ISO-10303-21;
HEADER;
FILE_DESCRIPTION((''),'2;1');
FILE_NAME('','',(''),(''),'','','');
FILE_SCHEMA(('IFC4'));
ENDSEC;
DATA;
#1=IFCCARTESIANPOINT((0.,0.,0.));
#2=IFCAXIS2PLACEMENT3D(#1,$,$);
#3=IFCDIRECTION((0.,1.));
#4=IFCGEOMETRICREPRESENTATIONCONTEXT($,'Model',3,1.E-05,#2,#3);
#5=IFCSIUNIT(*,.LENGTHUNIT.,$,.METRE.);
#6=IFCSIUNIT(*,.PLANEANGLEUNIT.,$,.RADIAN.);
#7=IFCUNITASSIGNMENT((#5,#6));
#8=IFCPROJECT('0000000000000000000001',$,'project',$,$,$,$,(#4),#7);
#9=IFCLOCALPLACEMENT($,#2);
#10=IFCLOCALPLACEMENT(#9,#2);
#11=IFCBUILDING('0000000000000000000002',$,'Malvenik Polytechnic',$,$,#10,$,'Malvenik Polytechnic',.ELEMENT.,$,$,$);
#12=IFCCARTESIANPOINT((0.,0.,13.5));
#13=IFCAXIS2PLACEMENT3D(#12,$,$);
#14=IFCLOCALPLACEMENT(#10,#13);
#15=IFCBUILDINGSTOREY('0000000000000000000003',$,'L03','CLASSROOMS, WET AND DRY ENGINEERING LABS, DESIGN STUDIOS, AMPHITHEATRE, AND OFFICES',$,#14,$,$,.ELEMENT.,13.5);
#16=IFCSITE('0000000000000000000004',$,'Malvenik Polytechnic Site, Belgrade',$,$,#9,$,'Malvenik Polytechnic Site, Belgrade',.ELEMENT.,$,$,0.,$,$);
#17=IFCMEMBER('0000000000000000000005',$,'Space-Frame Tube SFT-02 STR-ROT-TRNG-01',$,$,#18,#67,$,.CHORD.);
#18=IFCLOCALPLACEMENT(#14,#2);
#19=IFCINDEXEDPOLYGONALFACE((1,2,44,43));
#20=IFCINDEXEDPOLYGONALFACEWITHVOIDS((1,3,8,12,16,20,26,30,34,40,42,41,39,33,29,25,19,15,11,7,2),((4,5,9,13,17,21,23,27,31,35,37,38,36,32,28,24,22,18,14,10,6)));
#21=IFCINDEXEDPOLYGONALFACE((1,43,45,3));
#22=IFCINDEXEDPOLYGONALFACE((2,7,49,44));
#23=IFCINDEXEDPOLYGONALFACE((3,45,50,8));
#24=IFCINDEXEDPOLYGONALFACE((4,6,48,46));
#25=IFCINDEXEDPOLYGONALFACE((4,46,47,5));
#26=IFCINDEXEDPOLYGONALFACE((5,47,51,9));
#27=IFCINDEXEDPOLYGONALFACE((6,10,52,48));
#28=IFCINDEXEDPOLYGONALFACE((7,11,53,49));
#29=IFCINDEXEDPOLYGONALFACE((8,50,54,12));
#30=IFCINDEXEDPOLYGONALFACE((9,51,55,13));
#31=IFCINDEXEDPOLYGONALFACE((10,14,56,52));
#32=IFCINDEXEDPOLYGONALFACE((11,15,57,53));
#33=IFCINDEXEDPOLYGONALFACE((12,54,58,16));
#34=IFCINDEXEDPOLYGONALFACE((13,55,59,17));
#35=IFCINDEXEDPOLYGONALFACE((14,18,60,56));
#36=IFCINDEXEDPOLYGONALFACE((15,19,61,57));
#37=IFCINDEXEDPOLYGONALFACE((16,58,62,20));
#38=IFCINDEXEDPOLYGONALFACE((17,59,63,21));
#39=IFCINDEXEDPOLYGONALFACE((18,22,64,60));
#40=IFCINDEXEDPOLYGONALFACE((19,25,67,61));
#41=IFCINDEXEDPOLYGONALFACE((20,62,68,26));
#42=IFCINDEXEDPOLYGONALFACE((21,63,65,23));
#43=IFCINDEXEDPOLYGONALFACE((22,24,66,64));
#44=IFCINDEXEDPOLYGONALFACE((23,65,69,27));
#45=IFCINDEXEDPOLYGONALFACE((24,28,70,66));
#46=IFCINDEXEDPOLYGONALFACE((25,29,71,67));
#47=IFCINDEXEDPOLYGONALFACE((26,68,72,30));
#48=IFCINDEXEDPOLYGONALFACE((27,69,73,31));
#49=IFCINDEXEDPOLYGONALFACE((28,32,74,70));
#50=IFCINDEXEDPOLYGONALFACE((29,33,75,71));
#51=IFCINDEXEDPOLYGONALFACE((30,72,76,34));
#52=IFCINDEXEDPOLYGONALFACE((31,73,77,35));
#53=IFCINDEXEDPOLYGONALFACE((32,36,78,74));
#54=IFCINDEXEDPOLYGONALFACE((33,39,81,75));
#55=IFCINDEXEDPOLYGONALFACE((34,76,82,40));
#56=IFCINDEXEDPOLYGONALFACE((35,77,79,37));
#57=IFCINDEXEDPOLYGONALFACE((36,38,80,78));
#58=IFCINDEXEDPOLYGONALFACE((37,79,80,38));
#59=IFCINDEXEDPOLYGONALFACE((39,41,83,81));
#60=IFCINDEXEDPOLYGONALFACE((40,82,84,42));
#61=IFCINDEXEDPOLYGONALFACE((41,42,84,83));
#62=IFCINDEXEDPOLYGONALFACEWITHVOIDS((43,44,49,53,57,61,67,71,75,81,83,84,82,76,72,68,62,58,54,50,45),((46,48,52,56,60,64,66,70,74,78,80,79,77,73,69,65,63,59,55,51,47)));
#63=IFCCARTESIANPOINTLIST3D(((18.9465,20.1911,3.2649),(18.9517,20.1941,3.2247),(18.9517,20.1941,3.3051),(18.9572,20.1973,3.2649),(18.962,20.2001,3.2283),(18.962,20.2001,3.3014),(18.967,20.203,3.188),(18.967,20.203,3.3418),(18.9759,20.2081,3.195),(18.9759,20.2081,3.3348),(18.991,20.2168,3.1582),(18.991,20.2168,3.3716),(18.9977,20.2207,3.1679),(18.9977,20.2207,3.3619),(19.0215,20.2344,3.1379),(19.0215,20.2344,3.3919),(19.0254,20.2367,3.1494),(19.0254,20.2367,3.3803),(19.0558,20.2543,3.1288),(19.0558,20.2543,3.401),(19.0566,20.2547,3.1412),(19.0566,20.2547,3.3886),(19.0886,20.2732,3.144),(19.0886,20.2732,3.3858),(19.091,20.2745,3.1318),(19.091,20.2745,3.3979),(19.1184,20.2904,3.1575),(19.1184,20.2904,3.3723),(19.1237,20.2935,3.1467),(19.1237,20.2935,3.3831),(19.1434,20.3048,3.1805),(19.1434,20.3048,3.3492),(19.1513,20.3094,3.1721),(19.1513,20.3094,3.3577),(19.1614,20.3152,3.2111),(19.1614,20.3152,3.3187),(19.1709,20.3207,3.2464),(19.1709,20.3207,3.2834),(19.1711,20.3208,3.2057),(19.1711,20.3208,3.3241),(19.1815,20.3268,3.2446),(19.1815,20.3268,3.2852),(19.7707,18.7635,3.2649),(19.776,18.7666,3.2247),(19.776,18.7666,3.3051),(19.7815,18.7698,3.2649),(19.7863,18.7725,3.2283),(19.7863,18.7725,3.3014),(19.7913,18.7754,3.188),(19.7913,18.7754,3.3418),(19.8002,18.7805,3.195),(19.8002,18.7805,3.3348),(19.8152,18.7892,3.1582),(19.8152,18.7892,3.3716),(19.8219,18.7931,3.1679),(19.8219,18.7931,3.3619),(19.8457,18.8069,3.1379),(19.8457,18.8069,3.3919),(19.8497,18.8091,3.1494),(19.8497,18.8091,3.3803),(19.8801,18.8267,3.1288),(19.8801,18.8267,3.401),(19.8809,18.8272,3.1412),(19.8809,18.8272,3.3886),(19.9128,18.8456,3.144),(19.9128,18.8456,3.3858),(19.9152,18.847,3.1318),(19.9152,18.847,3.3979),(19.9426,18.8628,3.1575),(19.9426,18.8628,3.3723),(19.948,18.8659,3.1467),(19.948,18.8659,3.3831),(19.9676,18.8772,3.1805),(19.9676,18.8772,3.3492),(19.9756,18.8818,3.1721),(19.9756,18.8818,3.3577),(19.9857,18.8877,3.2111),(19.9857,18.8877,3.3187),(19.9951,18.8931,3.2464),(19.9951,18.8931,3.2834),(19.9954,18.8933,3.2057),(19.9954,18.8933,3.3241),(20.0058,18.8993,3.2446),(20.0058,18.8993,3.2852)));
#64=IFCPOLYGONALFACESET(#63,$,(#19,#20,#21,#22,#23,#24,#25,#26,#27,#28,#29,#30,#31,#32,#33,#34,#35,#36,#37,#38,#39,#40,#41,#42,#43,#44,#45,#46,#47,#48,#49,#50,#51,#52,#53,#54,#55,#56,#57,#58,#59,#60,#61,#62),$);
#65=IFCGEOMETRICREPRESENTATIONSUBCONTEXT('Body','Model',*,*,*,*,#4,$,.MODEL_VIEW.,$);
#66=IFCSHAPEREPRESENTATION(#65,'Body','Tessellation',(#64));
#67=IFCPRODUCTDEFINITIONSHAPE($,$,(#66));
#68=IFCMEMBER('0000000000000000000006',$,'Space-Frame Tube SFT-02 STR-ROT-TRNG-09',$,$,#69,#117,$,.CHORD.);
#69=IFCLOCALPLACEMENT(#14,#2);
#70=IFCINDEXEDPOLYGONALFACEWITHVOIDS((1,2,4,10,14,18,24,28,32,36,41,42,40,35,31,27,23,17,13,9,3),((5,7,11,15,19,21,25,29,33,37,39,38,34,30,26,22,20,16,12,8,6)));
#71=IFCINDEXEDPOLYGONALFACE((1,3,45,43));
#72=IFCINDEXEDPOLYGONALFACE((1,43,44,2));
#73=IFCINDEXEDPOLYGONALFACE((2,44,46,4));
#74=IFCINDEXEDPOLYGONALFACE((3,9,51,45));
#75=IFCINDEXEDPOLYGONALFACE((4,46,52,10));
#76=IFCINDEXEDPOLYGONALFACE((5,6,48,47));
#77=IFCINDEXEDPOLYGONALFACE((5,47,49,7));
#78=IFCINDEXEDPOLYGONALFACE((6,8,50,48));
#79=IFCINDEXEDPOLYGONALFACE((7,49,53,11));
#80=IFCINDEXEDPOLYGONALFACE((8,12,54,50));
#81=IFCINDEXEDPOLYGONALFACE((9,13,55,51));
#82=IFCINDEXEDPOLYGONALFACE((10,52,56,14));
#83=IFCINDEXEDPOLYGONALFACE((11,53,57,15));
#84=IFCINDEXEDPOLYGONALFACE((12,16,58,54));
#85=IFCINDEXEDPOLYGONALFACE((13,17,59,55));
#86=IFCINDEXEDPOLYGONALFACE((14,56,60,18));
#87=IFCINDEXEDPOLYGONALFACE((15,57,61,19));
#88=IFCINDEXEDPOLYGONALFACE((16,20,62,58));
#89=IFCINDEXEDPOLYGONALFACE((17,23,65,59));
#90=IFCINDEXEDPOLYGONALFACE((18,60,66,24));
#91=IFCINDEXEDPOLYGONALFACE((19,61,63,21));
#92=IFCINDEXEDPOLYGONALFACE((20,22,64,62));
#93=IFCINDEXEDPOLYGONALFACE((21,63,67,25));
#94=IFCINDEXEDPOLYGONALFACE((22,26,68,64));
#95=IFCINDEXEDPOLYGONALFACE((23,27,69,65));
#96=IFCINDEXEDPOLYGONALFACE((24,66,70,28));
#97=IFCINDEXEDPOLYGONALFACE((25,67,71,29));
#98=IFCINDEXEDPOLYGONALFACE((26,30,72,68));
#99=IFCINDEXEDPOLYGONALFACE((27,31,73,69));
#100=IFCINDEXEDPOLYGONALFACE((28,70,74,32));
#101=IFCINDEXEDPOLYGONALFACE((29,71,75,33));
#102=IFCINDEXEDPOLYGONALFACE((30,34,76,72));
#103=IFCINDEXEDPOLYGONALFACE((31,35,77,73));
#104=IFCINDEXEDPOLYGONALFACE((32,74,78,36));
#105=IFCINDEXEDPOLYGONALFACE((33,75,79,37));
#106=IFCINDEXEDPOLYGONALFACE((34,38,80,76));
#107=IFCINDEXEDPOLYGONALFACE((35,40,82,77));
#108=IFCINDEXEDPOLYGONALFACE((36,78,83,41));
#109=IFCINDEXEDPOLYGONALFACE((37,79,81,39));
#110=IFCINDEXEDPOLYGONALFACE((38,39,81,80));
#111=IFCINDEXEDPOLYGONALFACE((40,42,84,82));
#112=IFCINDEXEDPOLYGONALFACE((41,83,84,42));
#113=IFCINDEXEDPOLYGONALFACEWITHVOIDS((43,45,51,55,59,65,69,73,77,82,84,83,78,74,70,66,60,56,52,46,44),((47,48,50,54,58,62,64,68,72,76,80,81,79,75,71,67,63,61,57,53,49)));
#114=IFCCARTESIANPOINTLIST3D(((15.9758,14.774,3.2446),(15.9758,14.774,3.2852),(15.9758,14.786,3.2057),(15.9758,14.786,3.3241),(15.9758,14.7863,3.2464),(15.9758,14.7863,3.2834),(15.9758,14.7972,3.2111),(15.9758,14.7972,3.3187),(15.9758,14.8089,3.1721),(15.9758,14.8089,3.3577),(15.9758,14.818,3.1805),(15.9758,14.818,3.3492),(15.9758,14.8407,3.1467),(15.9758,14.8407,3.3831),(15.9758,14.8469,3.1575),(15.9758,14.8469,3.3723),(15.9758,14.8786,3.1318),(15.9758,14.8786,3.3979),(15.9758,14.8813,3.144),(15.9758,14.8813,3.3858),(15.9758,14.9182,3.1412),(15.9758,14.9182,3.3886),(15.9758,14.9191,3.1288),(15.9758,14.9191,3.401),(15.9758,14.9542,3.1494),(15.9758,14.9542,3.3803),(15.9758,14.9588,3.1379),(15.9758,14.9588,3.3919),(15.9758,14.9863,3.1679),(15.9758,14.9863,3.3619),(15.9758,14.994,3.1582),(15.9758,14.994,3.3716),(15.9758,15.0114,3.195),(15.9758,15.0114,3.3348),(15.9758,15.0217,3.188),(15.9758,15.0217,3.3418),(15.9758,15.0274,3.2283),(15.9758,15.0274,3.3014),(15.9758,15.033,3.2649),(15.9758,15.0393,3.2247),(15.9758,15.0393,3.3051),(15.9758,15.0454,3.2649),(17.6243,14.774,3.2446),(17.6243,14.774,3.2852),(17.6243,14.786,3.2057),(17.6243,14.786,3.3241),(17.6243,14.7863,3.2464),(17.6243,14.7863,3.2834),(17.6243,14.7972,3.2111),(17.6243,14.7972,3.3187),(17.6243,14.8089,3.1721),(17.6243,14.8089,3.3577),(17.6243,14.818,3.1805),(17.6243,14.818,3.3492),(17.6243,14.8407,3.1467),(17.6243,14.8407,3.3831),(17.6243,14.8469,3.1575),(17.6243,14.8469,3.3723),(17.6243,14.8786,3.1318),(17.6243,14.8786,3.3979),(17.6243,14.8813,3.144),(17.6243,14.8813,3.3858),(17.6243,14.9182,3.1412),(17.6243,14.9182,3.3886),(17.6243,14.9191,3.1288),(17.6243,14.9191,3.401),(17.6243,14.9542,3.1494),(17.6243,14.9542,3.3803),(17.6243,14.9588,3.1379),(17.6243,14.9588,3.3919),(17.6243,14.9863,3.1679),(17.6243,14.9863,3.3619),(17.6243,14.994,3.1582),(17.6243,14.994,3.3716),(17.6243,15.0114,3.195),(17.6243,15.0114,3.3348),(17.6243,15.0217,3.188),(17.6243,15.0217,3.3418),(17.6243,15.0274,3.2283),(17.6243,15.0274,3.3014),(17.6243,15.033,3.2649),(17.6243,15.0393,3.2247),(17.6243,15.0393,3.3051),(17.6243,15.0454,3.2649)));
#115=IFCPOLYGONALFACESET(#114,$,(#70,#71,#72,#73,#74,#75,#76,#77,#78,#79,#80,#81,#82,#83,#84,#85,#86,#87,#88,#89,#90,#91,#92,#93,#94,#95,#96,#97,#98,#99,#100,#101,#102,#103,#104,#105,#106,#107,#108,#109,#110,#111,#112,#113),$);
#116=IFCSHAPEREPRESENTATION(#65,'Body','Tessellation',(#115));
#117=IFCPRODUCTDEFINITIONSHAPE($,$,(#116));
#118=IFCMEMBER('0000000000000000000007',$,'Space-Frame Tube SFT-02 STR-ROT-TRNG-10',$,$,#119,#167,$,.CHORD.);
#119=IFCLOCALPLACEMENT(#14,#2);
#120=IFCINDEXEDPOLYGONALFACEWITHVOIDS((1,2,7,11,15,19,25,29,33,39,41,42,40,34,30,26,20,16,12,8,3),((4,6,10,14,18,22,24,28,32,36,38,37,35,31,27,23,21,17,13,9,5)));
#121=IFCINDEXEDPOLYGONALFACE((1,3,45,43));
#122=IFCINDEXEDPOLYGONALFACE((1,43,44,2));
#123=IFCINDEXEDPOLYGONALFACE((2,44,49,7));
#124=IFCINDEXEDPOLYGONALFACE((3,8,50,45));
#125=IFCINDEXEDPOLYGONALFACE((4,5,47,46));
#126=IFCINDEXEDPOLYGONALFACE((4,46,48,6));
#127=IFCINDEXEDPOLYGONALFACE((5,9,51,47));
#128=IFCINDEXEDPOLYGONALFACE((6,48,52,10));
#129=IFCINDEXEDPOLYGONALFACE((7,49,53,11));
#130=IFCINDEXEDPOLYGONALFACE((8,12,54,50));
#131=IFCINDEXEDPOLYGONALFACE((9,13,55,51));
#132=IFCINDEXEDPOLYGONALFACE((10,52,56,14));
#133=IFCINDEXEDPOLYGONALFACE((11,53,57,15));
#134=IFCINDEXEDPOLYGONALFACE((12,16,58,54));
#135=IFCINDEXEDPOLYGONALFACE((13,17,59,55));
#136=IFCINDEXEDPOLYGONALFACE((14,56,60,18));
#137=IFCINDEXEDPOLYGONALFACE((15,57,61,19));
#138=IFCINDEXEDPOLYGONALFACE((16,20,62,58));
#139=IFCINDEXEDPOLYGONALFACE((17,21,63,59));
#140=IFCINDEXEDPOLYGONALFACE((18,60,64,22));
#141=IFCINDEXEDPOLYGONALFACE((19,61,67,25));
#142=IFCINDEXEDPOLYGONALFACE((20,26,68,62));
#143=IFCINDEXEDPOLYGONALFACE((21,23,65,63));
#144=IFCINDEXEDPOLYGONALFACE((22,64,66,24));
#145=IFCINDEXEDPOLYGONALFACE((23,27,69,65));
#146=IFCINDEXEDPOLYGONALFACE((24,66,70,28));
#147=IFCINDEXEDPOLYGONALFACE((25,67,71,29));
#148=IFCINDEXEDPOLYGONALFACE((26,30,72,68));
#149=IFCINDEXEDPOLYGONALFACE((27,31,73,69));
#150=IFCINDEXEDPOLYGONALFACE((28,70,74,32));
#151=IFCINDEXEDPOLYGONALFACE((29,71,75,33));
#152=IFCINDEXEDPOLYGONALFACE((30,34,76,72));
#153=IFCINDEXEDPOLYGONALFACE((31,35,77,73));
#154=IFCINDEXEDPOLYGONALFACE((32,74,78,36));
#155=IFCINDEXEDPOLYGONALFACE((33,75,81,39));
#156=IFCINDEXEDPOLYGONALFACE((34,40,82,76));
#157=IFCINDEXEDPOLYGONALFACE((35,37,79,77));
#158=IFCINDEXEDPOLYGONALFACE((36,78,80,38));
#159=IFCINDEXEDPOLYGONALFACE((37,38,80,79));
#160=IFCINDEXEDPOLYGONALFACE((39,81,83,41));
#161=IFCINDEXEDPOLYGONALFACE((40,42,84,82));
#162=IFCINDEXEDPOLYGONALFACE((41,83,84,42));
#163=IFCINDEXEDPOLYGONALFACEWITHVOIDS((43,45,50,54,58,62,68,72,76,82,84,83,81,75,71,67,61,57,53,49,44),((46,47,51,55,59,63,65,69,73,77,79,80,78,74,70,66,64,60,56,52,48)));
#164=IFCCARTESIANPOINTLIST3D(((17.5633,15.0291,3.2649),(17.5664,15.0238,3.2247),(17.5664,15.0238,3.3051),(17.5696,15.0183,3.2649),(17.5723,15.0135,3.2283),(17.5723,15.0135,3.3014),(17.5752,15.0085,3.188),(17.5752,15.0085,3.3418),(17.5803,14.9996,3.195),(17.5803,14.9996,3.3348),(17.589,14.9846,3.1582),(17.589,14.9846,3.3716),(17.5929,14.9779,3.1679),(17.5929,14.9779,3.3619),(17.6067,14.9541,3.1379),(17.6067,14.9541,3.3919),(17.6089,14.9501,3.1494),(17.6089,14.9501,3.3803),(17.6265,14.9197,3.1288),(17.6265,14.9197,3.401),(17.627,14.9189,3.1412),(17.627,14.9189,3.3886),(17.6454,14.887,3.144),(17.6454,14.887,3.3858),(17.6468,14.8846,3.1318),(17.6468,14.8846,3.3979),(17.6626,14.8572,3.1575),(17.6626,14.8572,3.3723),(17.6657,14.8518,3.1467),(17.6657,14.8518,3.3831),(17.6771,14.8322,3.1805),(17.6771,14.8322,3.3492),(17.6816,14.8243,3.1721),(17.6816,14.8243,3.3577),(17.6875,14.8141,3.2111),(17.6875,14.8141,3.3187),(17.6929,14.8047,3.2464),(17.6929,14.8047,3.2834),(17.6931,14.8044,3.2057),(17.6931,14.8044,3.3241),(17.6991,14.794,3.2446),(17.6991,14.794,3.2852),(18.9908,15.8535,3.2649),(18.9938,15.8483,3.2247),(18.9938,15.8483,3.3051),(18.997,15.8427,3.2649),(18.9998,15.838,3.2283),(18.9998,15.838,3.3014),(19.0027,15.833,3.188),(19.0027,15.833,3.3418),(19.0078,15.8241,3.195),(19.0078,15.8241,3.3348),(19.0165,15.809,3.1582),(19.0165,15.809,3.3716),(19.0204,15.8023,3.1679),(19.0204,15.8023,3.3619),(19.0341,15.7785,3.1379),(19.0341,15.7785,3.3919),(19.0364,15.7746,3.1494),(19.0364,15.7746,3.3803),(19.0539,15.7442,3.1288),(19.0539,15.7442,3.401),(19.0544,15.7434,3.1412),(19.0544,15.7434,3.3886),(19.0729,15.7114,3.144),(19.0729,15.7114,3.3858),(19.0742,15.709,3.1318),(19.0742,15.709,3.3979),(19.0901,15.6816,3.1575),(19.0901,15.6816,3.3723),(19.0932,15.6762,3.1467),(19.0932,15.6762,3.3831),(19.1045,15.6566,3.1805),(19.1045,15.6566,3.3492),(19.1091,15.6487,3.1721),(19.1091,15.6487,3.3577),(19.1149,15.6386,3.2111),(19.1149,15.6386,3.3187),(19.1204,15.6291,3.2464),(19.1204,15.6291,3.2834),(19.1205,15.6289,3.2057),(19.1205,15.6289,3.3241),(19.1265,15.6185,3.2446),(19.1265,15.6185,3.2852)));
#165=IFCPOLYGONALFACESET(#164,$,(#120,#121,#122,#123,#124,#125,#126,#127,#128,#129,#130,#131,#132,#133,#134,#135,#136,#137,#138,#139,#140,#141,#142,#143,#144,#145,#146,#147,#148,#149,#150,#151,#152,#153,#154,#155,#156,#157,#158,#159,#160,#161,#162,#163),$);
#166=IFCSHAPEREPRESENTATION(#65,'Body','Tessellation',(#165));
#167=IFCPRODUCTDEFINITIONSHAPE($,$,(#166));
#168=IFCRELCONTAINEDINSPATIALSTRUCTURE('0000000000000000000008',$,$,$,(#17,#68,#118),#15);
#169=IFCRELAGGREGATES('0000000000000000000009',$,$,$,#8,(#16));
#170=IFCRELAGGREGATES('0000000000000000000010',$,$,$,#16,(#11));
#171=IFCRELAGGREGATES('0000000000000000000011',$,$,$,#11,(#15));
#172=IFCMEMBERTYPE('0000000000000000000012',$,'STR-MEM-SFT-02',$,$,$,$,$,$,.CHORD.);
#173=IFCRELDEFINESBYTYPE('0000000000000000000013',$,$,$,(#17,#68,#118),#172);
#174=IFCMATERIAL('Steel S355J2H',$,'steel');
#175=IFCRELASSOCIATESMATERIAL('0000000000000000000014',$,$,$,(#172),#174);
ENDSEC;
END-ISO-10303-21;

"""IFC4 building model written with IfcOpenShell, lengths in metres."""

from ifc_helpers import new_model, si_unit, direction, frame, origin, origin_2d, place, context, subcontext, project, spatial, hollow_circle, extrude, material, material_profile, profile_set, type_object, element, save


model = new_model("IFC4")

# Units and contexts
model_context = context("Model", 3, precision=1e-05, world=origin(), true_north=direction((0.0, 1.0)))
body_context = subcontext(model_context, "Body", "Model", "MODEL_VIEW")
ifc_project = project(units=[si_unit("LENGTHUNIT", "METRE"), si_unit("PLANEANGLEUNIT", "RADIAN")], contexts=[model_context])

# Site, building, storey
site_placement = place(None, origin())
site = spatial("IfcSite", under=ifc_project, at=site_placement, Name="Malvenik Polytechnic Site, Belgrade", LongName="Malvenik Polytechnic Site, Belgrade", CompositionType="ELEMENT", RefElevation=0.0)
building_placement = place(site_placement, origin())
building = spatial("IfcBuilding", under=site, at=building_placement, Name="Malvenik Polytechnic", LongName="Malvenik Polytechnic", CompositionType="ELEMENT")
storey_placement = place(building_placement, frame((0.0, 0.0, 13.5)))
storey = spatial("IfcBuildingStorey", under=building, at=storey_placement, Name="L03", Description="CLASSROOMS, WET AND DRY ENGINEERING LABS, DESIGN STUDIOS, AMPHITHEATRE, AND OFFICES", CompositionType="ELEMENT", Elevation=13.5)

# Members
ifc_material_1 = material(Name="Steel S355J2H", Category="steel")
ifc_material_profile_1 = material_profile(ifc_material_1, hollow_circle(Radius=0.1365, WallThickness=0.0125, at=origin_2d()), Name="CHS 273.0x12.5")
ifc_profile_set_1 = profile_set([ifc_material_profile_1], Name="Steel S355J2H")
member_type_1 = type_object("IfcMemberType", Name="STR-MEM-SFT-02", PredefinedType="CHORD", material=ifc_profile_set_1)
for number, where, z_axis, x_axis, name in (
    (1, (19.8889, 18.8318, 3.2649), (-0.500026, 0.86601, 0.0), (-0.86601, -0.500026, 0.0), "Space-Frame Tube SFT-02 STR-ROT-TRNG-01"),
    (2, (15.9758, 14.9089, 3.2649), (1.0, 0.0, 0.0), (0.0, 1.0, 0.0), "Space-Frame Tube SFT-02 STR-ROT-TRNG-09"),
    (3, (17.6316, 14.9109, 3.2649), (0.865946, 0.500137, 0.0), (-0.500137, 0.865946, 0.0), "Space-Frame Tube SFT-02 STR-ROT-TRNG-10"),
):
    element("IfcMember", number, at=place(storey_placement, frame(where, z_axis=z_axis, x_axis=x_axis)), inside=storey, type_object=member_type_1, Name=name, PredefinedType="CHORD", context=body_context, shape_type="SweptSolid", body=[
        extrude(hollow_circle(Radius=0.1365, WallThickness=0.0125, at=origin_2d()), origin(), (0.0, 0.0, 1.0), 1.6484),
    ])

save(model, "model.ifc")
